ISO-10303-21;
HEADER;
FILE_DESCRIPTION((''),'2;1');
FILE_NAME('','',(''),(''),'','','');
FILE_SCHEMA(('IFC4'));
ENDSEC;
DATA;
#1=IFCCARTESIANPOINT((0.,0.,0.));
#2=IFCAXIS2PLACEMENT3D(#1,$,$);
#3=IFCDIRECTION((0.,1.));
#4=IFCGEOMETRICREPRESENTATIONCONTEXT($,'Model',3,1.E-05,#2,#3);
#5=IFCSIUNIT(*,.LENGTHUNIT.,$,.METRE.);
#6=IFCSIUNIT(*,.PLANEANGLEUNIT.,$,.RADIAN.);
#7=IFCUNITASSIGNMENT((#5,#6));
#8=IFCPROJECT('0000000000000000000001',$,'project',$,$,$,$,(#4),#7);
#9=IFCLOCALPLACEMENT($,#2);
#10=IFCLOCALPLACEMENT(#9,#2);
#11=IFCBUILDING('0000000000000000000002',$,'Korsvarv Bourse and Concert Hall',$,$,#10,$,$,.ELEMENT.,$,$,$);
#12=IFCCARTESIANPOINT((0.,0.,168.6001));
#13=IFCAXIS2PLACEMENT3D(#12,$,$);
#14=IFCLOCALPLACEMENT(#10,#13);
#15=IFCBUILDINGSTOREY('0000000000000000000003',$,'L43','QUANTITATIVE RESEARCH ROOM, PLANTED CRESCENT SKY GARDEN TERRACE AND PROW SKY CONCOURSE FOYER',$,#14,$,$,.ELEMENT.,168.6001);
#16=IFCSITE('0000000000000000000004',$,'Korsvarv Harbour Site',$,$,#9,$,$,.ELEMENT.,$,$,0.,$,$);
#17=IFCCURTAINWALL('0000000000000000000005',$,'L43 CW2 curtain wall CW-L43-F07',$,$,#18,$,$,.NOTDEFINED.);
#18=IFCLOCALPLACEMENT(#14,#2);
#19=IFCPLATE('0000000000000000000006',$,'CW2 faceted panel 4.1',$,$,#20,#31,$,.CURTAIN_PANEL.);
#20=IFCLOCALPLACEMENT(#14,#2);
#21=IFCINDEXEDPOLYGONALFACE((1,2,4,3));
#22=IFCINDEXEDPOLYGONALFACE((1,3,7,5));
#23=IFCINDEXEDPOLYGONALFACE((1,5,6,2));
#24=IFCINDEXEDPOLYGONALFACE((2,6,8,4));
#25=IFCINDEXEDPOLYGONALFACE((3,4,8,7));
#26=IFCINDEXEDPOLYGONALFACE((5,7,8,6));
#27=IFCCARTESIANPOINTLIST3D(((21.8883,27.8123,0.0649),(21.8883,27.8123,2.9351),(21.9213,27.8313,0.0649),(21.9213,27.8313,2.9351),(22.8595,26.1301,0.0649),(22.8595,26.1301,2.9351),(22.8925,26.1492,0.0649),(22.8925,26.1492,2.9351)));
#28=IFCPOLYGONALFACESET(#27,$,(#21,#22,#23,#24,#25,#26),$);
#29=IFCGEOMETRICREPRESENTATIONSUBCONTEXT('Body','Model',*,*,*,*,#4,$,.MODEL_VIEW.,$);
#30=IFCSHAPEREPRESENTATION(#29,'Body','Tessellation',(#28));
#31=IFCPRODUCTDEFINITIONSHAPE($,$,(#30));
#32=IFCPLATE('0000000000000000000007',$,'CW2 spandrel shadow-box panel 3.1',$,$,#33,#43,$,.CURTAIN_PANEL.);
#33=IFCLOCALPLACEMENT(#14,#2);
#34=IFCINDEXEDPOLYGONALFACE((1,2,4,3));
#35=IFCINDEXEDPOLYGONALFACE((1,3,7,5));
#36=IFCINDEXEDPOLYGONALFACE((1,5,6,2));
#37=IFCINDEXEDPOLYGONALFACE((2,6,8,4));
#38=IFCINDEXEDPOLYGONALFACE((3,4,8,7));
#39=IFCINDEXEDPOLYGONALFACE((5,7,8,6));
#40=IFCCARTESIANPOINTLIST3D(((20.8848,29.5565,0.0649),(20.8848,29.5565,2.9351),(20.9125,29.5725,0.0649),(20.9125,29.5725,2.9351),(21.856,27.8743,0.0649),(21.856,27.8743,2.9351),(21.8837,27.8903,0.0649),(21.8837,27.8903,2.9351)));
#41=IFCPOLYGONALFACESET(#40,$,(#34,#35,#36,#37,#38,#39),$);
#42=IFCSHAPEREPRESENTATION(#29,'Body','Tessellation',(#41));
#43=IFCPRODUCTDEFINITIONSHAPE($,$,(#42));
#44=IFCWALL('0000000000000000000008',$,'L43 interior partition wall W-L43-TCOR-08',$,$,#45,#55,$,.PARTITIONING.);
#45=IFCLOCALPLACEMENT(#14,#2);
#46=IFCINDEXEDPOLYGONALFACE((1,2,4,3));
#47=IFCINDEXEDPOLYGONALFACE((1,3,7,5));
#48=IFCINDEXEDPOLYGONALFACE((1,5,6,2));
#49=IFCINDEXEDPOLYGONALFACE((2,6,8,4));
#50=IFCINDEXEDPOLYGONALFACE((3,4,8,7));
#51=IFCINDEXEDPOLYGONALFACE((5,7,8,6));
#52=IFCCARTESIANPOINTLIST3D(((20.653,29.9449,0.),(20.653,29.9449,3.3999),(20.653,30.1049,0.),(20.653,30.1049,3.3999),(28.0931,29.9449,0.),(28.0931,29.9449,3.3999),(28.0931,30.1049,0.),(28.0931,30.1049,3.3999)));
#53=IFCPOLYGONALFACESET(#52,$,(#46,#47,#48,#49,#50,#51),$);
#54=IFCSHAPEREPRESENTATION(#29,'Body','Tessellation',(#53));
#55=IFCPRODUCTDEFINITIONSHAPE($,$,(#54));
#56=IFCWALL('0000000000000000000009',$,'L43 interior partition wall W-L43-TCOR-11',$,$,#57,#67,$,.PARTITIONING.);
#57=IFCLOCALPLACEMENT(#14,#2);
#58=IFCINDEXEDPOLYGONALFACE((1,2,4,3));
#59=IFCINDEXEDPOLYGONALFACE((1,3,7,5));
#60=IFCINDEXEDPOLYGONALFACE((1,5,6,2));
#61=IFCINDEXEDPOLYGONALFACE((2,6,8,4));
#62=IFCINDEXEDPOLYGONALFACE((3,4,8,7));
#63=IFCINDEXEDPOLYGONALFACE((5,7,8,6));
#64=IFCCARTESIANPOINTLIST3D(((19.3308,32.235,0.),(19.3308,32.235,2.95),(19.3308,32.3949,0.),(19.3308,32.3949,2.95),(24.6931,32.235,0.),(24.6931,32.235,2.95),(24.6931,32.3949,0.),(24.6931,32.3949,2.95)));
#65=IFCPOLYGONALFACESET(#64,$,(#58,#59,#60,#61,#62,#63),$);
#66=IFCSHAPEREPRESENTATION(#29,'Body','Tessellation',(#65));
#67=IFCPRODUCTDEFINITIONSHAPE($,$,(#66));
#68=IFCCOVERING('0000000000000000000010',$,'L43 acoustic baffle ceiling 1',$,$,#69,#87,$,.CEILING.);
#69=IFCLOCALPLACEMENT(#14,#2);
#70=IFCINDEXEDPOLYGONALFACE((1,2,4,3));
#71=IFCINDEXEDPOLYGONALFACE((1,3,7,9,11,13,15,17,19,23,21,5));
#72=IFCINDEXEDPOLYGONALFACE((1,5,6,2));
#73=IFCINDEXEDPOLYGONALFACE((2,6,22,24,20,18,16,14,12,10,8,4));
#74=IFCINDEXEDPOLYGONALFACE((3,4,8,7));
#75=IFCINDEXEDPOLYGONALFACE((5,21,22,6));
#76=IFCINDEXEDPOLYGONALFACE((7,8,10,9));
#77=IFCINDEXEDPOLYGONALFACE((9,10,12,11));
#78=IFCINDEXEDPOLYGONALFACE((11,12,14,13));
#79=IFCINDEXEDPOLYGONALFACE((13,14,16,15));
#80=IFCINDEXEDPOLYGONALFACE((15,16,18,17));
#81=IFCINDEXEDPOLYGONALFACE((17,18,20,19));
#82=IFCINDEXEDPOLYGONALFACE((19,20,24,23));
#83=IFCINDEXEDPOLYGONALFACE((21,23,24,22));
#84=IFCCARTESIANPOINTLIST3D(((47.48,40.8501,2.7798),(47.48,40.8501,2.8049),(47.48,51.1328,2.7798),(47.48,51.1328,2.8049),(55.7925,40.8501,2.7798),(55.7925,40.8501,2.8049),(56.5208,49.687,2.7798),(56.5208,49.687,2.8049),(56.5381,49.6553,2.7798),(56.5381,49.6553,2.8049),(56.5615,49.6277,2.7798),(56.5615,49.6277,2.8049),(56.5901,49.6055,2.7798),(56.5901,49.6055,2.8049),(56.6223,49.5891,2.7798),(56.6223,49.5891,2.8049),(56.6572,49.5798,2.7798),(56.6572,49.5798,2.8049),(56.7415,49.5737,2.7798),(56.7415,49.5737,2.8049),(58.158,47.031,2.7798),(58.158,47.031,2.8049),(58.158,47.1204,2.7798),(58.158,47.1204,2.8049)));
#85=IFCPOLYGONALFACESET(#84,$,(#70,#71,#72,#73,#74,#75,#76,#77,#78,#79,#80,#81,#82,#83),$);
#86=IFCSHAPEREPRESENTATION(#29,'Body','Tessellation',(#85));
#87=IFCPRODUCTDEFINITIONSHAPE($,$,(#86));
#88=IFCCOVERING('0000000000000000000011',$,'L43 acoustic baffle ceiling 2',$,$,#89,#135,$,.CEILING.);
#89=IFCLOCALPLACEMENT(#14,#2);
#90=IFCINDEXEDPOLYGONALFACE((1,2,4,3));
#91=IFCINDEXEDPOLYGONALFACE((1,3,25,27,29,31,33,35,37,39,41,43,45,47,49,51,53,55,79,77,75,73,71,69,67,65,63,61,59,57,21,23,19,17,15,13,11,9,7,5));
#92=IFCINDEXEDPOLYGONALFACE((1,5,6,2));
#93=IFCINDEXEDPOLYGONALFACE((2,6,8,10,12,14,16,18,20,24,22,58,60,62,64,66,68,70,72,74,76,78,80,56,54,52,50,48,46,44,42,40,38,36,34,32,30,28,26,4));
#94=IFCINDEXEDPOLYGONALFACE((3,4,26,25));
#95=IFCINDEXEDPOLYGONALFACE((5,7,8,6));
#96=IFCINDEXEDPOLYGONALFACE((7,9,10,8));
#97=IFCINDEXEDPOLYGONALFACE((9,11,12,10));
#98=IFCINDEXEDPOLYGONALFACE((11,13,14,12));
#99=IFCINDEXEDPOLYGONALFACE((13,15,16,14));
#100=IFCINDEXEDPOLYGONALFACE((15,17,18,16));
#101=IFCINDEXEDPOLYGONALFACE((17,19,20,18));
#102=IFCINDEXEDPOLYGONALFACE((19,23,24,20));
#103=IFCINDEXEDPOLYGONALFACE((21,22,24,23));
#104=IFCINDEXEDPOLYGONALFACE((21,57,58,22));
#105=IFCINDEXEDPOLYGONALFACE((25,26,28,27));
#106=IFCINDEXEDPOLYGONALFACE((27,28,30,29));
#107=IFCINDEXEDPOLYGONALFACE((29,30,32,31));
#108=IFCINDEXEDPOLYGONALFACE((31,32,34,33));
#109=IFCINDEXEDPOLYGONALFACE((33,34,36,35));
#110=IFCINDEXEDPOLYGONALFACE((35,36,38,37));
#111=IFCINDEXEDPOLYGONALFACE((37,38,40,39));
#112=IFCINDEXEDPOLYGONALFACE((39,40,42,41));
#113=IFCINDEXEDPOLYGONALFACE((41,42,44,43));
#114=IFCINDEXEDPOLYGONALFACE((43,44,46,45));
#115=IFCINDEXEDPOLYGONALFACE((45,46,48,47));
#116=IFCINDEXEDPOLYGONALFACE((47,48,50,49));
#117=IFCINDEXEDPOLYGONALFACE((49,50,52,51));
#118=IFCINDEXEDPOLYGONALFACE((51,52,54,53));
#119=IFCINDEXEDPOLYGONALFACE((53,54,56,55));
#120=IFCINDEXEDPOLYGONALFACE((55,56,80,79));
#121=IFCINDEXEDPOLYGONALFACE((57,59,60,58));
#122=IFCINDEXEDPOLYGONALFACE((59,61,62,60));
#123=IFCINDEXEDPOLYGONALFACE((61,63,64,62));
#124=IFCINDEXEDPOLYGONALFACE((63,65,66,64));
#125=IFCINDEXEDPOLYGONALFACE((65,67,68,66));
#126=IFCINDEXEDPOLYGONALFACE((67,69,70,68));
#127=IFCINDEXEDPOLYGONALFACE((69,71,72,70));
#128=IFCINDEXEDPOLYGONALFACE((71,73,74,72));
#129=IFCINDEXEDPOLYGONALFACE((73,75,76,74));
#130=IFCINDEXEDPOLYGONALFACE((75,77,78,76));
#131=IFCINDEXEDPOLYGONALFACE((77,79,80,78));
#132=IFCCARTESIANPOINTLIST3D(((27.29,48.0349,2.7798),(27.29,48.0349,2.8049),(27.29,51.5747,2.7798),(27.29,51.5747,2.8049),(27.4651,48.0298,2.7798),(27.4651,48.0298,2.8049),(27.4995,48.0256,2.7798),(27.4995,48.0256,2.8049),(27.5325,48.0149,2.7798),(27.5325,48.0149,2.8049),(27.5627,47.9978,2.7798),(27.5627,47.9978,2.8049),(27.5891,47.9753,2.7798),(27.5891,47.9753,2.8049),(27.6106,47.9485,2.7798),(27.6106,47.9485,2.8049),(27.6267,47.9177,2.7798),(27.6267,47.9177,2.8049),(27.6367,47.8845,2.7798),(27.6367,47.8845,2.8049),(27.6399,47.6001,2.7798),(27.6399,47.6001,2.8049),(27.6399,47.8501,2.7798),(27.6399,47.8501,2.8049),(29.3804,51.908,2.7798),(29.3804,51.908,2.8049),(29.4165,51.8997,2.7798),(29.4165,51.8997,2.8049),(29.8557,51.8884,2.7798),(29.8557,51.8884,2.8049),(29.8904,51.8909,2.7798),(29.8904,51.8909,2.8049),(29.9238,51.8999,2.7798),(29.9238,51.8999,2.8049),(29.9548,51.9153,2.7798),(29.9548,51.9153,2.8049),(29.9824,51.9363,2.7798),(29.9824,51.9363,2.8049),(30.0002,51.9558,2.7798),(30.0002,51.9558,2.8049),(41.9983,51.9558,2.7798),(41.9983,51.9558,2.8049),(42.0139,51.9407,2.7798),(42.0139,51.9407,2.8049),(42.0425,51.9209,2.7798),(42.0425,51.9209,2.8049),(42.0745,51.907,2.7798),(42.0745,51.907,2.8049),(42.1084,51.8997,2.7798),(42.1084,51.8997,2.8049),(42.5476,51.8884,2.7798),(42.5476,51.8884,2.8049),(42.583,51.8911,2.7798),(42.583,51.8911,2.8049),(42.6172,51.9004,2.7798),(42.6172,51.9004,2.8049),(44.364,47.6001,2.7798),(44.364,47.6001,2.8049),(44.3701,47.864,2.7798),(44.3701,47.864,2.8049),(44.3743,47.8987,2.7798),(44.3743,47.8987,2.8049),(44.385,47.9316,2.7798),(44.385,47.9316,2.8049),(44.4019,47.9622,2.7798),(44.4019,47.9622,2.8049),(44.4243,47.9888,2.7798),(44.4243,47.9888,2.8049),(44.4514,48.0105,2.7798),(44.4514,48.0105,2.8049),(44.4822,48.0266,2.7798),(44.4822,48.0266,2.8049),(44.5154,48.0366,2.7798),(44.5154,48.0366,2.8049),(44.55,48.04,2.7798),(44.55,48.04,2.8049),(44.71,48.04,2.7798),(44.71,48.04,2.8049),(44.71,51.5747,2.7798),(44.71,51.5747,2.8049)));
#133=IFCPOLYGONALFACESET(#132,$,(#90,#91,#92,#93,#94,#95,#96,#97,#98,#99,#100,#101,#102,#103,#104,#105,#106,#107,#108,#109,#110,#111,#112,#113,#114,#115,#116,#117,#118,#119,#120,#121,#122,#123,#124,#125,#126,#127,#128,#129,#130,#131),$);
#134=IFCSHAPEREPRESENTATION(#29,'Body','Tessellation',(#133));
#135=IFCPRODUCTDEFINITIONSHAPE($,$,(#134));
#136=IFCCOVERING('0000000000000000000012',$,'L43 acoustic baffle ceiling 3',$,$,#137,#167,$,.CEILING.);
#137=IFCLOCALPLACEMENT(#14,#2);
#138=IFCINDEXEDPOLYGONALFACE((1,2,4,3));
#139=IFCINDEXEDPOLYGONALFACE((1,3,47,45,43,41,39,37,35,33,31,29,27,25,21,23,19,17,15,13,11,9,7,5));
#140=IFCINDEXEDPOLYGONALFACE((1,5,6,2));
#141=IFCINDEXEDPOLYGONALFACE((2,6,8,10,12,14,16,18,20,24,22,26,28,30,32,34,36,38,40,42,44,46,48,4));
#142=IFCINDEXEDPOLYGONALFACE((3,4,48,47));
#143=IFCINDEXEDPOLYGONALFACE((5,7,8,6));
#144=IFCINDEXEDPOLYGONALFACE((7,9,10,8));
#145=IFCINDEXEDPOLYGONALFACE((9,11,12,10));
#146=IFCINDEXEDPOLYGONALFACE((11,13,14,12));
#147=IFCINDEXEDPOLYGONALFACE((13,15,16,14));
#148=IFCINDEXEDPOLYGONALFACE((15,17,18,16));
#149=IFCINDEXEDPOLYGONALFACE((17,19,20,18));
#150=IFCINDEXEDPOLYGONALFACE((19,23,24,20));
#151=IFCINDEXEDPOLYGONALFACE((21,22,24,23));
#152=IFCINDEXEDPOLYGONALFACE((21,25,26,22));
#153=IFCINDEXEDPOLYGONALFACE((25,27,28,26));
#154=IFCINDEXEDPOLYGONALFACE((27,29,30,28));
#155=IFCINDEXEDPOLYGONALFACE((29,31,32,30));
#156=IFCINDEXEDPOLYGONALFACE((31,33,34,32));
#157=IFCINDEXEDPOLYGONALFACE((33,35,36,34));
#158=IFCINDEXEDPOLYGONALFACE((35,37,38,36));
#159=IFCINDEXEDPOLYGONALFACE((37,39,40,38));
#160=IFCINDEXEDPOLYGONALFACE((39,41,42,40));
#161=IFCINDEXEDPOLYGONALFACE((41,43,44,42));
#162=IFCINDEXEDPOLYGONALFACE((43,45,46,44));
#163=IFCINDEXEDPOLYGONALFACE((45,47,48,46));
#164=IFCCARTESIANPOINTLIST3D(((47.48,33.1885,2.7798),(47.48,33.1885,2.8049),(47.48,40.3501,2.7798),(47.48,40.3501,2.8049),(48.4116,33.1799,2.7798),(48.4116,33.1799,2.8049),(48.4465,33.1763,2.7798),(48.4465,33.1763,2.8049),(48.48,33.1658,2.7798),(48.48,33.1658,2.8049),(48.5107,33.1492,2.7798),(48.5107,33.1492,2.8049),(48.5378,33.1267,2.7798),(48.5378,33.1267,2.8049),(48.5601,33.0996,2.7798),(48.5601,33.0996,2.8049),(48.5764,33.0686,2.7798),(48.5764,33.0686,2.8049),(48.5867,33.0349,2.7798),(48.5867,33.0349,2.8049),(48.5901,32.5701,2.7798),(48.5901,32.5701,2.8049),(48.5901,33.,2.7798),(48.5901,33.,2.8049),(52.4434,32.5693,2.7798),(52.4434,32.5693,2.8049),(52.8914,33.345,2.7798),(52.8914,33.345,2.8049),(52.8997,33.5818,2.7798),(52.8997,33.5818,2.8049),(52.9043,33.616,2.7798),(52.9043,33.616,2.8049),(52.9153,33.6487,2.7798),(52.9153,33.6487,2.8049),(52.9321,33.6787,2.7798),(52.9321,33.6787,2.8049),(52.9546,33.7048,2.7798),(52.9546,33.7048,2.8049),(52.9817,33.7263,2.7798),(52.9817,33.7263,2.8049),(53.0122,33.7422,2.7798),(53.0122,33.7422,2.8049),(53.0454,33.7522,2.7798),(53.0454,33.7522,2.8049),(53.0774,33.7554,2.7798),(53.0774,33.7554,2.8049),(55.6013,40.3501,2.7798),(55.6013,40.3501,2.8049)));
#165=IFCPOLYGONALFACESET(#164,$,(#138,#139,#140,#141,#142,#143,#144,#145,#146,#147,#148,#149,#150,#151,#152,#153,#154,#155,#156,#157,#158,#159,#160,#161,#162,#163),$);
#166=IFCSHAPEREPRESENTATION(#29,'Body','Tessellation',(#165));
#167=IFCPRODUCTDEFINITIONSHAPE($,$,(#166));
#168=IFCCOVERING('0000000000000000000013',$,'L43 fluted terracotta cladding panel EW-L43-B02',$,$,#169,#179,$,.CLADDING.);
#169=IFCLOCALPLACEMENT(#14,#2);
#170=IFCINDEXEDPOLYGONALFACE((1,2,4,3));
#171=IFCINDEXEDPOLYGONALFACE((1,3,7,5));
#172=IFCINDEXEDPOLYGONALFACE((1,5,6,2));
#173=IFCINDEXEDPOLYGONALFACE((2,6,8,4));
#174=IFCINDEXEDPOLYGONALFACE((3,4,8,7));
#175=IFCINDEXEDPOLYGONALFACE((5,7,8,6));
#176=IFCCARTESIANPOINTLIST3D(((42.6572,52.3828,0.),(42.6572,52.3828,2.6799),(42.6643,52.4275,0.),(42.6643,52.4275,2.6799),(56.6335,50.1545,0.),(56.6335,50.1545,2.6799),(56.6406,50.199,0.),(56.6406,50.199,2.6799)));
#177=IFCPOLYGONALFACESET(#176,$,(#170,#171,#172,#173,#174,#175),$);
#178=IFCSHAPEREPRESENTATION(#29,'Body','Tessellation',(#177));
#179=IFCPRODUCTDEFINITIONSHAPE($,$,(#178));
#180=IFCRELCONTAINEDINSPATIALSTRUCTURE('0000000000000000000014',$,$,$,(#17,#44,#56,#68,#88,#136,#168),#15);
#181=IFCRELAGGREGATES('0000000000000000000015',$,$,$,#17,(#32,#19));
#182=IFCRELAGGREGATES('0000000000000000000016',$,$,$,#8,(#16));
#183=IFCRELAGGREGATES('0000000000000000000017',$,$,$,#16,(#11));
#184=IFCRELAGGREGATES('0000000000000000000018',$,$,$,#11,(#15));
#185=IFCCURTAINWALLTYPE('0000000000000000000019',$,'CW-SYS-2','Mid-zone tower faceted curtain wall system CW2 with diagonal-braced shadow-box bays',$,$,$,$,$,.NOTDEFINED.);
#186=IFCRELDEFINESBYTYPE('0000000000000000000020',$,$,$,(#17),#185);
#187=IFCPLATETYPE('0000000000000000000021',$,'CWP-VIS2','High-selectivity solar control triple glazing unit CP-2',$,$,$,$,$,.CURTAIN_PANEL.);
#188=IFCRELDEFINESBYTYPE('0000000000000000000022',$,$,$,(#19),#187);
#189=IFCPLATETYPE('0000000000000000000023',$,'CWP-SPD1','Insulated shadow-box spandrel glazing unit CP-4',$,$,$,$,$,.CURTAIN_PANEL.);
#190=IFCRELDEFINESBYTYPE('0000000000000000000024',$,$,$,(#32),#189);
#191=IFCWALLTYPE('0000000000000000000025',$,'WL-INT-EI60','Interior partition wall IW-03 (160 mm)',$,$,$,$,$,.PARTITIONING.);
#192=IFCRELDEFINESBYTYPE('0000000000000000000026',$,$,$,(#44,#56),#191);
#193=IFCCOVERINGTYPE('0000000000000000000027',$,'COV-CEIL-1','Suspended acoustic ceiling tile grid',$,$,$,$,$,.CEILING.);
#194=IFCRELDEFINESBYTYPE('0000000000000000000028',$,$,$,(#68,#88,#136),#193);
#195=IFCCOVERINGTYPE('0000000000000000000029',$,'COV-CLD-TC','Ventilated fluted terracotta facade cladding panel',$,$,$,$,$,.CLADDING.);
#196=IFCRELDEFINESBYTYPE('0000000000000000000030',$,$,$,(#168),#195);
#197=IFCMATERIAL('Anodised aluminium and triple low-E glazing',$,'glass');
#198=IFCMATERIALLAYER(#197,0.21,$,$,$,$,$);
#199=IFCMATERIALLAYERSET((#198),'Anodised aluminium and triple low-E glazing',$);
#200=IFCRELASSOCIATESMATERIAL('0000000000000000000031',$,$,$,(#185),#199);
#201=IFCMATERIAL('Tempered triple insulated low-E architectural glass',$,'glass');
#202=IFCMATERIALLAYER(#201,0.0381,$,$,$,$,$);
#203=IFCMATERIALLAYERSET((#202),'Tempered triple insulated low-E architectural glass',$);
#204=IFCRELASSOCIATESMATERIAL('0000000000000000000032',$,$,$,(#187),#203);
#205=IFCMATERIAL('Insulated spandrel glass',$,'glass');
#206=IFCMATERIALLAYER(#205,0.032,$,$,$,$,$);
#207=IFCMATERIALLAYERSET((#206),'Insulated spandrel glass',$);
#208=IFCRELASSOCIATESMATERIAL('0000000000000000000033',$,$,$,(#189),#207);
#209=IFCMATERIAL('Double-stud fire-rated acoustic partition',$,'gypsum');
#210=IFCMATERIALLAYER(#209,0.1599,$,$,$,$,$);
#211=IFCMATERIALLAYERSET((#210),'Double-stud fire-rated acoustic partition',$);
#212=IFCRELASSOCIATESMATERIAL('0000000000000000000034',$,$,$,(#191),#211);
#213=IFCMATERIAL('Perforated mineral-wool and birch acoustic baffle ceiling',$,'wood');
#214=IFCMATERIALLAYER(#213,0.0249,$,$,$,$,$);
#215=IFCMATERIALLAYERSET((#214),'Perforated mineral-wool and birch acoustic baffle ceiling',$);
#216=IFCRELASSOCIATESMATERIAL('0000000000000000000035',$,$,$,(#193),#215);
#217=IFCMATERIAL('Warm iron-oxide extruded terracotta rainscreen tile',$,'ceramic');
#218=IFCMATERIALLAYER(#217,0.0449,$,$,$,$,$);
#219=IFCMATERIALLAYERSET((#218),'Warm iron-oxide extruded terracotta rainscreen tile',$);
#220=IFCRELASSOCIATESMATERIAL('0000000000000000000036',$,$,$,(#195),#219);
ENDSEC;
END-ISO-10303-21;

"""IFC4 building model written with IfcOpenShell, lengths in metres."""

from ifc_helpers import new_model, si_unit, direction, frame, frame_2d, origin, origin_2d, place, context, subcontext, project, spatial, polyline, rectangle, outline, extrude, source, transform, mapped, material, layer, layer_set, type_object, element, aggregate, save


model = new_model("IFC4")

# Units and contexts
model_context = context("Model", 3, precision=1e-05, world=origin(), true_north=direction((0.0, 1.0)))
body_context = subcontext(model_context, "Body", "Model", "MODEL_VIEW")
ifc_project = project(units=[si_unit("LENGTHUNIT", "METRE"), si_unit("PLANEANGLEUNIT", "RADIAN")], contexts=[model_context])

# Site, building, storey
site_placement = place(None, origin())
site = spatial("IfcSite", under=ifc_project, at=site_placement, Name="Korsvarv Harbour Site", CompositionType="ELEMENT", RefElevation=0.0)
building_placement = place(site_placement, origin())
building = spatial("IfcBuilding", under=site, at=building_placement, Name="Korsvarv Bourse and Concert Hall", CompositionType="ELEMENT")
storey_placement = place(building_placement, frame((0.0, 0.0, 168.6001)))
storey = spatial("IfcBuildingStorey", under=building, at=storey_placement, Name="L43", Description="QUANTITATIVE RESEARCH ROOM, PLANTED CRESCENT SKY GARDEN TERRACE AND PROW SKY CONCOURSE FOYER", CompositionType="ELEMENT", Elevation=168.6001)

# Curtain wall
ifc_material_1 = material(Name="Anodised aluminium and triple low-E glazing", Category="glass")
ifc_layer_1 = layer(ifc_material_1, 0.21)
ifc_layer_set_1 = layer_set([ifc_layer_1], Name="Anodised aluminium and triple low-E glazing")
curtain_wall_type = type_object("IfcCurtainWallType", Name="CW-SYS-2", Description="Mid-zone tower faceted curtain wall system CW2 with diagonal-braced shadow-box bays", PredefinedType="NOTDEFINED", material=ifc_layer_set_1)
curtain_wall_placement = place(storey_placement, origin())
curtain_wall = element("IfcCurtainWall", 1, at=curtain_wall_placement, inside=storey, type_object=curtain_wall_type, Name="L43 CW2 curtain wall CW-L43-F07", PredefinedType="NOTDEFINED")

# Plates
ifc_material_2 = material(Name="Tempered triple insulated low-E architectural glass", Category="glass")
ifc_layer_2 = layer(ifc_material_2, 0.0381)
ifc_layer_set_2 = layer_set([ifc_layer_2], Name="Tempered triple insulated low-E architectural glass")
plate_type_1 = type_object("IfcPlateType", Name="CWP-VIS2", Description="High-selectivity solar control triple glazing unit CP-2", PredefinedType="CURTAIN_PANEL", material=ifc_layer_set_2)
shared_shape_1 = source(origin(), body_context, "Body", "SweptSolid", [
    extrude(rectangle(XDim=1.9424, YDim=0.0381, at=origin_2d()), origin(), (0.0, 0.0, 1.0), 2.8701),
])
plate_1_placement = place(storey_placement, frame((22.3904, 26.9807, 0.0649), z_axis=(0.0, 0.0, 1.0), x_axis=(0.500005, -0.866023, 0.0)))
plate_1 = element("IfcPlate", 2, at=plate_1_placement, type_object=plate_type_1, Name="CW2 faceted panel 4.1", PredefinedType="CURTAIN_PANEL", context=body_context, shape_type="MappedRepresentation", body=[
    mapped(shared_shape_1, transform((0.0, 0.0, 0.0), scale=1.0)),
])
ifc_material_3 = material(Name="Insulated spandrel glass", Category="glass")
ifc_layer_3 = layer(ifc_material_3, 0.032)
ifc_layer_set_3 = layer_set([ifc_layer_3], Name="Insulated spandrel glass")
plate_type_2 = type_object("IfcPlateType", Name="CWP-SPD1", Description="Insulated shadow-box spandrel glazing unit CP-4", PredefinedType="CURTAIN_PANEL", material=ifc_layer_set_3)
shared_shape_2 = source(origin(), body_context, "Body", "SweptSolid", [
    extrude(rectangle(XDim=1.9424, YDim=0.032, at=origin_2d()), origin(), (0.0, 0.0, 1.0), 2.8701),
])
plate_2_placement = place(storey_placement, frame((21.3843, 28.7234, 0.0649), z_axis=(0.0, 0.0, 1.0), x_axis=(0.500005, -0.866023, 0.0)))
plate_2 = element("IfcPlate", 3, at=plate_2_placement, type_object=plate_type_2, Name="CW2 spandrel shadow-box panel 3.1", PredefinedType="CURTAIN_PANEL", context=body_context, shape_type="MappedRepresentation", body=[
    mapped(shared_shape_2, transform((0.0, 0.0, 0.0), scale=1.0)),
])
aggregate(curtain_wall, [plate_2, plate_1])

# Walls
ifc_material_4 = material(Name="Double-stud fire-rated acoustic partition", Category="gypsum")
ifc_layer_4 = layer(ifc_material_4, 0.1599)
ifc_layer_set_4 = layer_set([ifc_layer_4], Name="Double-stud fire-rated acoustic partition")
wall_type = type_object("IfcWallType", Name="WL-INT-EI60", Description="Interior partition wall IW-03 (160 mm)", PredefinedType="PARTITIONING", material=ifc_layer_set_4)
wall_1_placement = place(storey_placement, frame((20.6528, 30.0249, 0.0), z_axis=(0.0, 0.0, 1.0), x_axis=(1.0, 0.0, 0.0)))
element("IfcWall", 4, at=wall_1_placement, inside=storey, type_object=wall_type, Name="L43 interior partition wall W-L43-TCOR-08", PredefinedType="PARTITIONING", context=body_context, shape_type="SweptSolid", body=[
    extrude(rectangle(XDim=7.4402, YDim=0.1599, at=frame_2d((3.7202, 0.0))), origin(), (0.0, 0.0, 1.0), 3.3999),
])
wall_2_placement = place(storey_placement, frame((19.3308, 32.3149, 0.0), z_axis=(0.0, 0.0, 1.0), x_axis=(1.0, 0.0, 0.0)))
element("IfcWall", 5, at=wall_2_placement, inside=storey, type_object=wall_type, Name="L43 interior partition wall W-L43-TCOR-11", PredefinedType="PARTITIONING", context=body_context, shape_type="SweptSolid", body=[
    extrude(rectangle(XDim=5.3623, YDim=0.1599, at=frame_2d((2.6812, 0.0))), origin(), (0.0, 0.0, 1.0), 2.95),
])

# Coverings
ifc_material_5 = material(Name="Perforated mineral-wool and birch acoustic baffle ceiling", Category="wood")
ifc_layer_5 = layer(ifc_material_5, 0.0249)
ifc_layer_set_5 = layer_set([ifc_layer_5], Name="Perforated mineral-wool and birch acoustic baffle ceiling")
covering_type_1 = type_object("IfcCoveringType", Name="COV-CEIL-1", Description="Suspended acoustic ceiling tile grid", PredefinedType="CEILING", material=ifc_layer_set_5)
covering_1_placement = place(storey_placement, frame((0.0, 0.0, 2.7798)))
element("IfcCovering", 6, at=covering_1_placement, inside=storey, type_object=covering_type_1, Name="L43 acoustic baffle ceiling 1", PredefinedType="CEILING", context=body_context, shape_type="SweptSolid", body=[
    extrude(outline(polyline([(56.5208, 49.687), (56.5381, 49.6553), (56.5615, 49.6277), (56.5901, 49.6055), (56.6223, 49.5891), (56.6572, 49.5798), (56.7415, 49.5737), (58.158, 47.1204), (58.158, 47.031), (55.7925, 40.8501), (47.48, 40.8501), (47.48, 51.1328), (56.5208, 49.687)])), origin(), (0.0, 0.0, 1.0), 0.0251),
])
covering_2_placement = place(storey_placement, frame((0.0, 0.0, 2.7798)))
element("IfcCovering", 7, at=covering_2_placement, inside=storey, type_object=covering_type_1, Name="L43 acoustic baffle ceiling 2", PredefinedType="CEILING", context=body_context, shape_type="SweptSolid", body=[
    extrude(outline(polyline([(29.3804, 51.908), (29.4165, 51.8997), (29.8557, 51.8884), (29.8904, 51.8909), (29.9238, 51.8999), (29.9548, 51.9153), (29.9824, 51.9363), (30.0002, 51.9558), (41.9983, 51.9558), (42.0139, 51.9407), (42.0425, 51.9209), (42.0745, 51.907), (42.1084, 51.8997), (42.5476, 51.8884), (42.583, 51.8911), (42.6172, 51.9004), (44.71, 51.5747), (44.71, 48.04), (44.55, 48.04), (44.5154, 48.0366), (44.4822, 48.0266), (44.4514, 48.0105), (44.4243, 47.9888), (44.4019, 47.9622), (44.385, 47.9316), (44.3743, 47.8987), (44.3701, 47.864), (44.364, 47.6001), (27.6399, 47.6001), (27.6399, 47.8501), (27.6367, 47.8845), (27.6267, 47.9177), (27.6106, 47.9485), (27.5891, 47.9753), (27.5627, 47.9978), (27.5325, 48.0149), (27.4995, 48.0256), (27.4651, 48.0298), (27.29, 48.0349), (27.29, 51.5747), (29.3804, 51.908)])), origin(), (0.0, 0.0, 1.0), 0.0251),
])
covering_3_placement = place(storey_placement, frame((0.0, 0.0, 2.7798)))
element("IfcCovering", 8, at=covering_3_placement, inside=storey, type_object=covering_type_1, Name="L43 acoustic baffle ceiling 3", PredefinedType="CEILING", context=body_context, shape_type="SweptSolid", body=[
    extrude(outline(polyline([(48.5901, 32.5701), (48.5901, 33.0), (48.5867, 33.0349), (48.5764, 33.0686), (48.5601, 33.0996), (48.5378, 33.1267), (48.5107, 33.1492), (48.48, 33.1658), (48.4465, 33.1763), (48.4116, 33.1799), (47.48, 33.1885), (47.48, 40.3501), (55.6013, 40.3501), (53.0774, 33.7554), (53.0454, 33.7522), (53.0122, 33.7422), (52.9817, 33.7263), (52.9546, 33.7048), (52.9321, 33.6787), (52.9153, 33.6487), (52.9043, 33.616), (52.8997, 33.5818), (52.8914, 33.345), (52.4434, 32.5693), (48.5901, 32.5701)])), origin(), (0.0, 0.0, 1.0), 0.0251),
])
ifc_material_6 = material(Name="Warm iron-oxide extruded terracotta rainscreen tile", Category="ceramic")
ifc_layer_6 = layer(ifc_material_6, 0.0449)
ifc_layer_set_6 = layer_set([ifc_layer_6], Name="Warm iron-oxide extruded terracotta rainscreen tile")
covering_type_2 = type_object("IfcCoveringType", Name="COV-CLD-TC", Description="Ventilated fluted terracotta facade cladding panel", PredefinedType="CLADDING", material=ifc_layer_set_6)
covering_4_placement = place(storey_placement, origin())
element("IfcCovering", 9, at=covering_4_placement, inside=storey, type_object=covering_type_2, Name="L43 fluted terracotta cladding panel EW-L43-B02", PredefinedType="CLADDING", context=body_context, shape_type="SweptSolid", body=[
    extrude(outline(polyline([(56.6335, 50.1545), (42.6572, 52.3828), (42.6643, 52.4275), (56.6406, 50.199), (56.6335, 50.1545)])), origin(), (0.0, 0.0, 1.0), 2.6799),
])

save(model, "model.ifc")
